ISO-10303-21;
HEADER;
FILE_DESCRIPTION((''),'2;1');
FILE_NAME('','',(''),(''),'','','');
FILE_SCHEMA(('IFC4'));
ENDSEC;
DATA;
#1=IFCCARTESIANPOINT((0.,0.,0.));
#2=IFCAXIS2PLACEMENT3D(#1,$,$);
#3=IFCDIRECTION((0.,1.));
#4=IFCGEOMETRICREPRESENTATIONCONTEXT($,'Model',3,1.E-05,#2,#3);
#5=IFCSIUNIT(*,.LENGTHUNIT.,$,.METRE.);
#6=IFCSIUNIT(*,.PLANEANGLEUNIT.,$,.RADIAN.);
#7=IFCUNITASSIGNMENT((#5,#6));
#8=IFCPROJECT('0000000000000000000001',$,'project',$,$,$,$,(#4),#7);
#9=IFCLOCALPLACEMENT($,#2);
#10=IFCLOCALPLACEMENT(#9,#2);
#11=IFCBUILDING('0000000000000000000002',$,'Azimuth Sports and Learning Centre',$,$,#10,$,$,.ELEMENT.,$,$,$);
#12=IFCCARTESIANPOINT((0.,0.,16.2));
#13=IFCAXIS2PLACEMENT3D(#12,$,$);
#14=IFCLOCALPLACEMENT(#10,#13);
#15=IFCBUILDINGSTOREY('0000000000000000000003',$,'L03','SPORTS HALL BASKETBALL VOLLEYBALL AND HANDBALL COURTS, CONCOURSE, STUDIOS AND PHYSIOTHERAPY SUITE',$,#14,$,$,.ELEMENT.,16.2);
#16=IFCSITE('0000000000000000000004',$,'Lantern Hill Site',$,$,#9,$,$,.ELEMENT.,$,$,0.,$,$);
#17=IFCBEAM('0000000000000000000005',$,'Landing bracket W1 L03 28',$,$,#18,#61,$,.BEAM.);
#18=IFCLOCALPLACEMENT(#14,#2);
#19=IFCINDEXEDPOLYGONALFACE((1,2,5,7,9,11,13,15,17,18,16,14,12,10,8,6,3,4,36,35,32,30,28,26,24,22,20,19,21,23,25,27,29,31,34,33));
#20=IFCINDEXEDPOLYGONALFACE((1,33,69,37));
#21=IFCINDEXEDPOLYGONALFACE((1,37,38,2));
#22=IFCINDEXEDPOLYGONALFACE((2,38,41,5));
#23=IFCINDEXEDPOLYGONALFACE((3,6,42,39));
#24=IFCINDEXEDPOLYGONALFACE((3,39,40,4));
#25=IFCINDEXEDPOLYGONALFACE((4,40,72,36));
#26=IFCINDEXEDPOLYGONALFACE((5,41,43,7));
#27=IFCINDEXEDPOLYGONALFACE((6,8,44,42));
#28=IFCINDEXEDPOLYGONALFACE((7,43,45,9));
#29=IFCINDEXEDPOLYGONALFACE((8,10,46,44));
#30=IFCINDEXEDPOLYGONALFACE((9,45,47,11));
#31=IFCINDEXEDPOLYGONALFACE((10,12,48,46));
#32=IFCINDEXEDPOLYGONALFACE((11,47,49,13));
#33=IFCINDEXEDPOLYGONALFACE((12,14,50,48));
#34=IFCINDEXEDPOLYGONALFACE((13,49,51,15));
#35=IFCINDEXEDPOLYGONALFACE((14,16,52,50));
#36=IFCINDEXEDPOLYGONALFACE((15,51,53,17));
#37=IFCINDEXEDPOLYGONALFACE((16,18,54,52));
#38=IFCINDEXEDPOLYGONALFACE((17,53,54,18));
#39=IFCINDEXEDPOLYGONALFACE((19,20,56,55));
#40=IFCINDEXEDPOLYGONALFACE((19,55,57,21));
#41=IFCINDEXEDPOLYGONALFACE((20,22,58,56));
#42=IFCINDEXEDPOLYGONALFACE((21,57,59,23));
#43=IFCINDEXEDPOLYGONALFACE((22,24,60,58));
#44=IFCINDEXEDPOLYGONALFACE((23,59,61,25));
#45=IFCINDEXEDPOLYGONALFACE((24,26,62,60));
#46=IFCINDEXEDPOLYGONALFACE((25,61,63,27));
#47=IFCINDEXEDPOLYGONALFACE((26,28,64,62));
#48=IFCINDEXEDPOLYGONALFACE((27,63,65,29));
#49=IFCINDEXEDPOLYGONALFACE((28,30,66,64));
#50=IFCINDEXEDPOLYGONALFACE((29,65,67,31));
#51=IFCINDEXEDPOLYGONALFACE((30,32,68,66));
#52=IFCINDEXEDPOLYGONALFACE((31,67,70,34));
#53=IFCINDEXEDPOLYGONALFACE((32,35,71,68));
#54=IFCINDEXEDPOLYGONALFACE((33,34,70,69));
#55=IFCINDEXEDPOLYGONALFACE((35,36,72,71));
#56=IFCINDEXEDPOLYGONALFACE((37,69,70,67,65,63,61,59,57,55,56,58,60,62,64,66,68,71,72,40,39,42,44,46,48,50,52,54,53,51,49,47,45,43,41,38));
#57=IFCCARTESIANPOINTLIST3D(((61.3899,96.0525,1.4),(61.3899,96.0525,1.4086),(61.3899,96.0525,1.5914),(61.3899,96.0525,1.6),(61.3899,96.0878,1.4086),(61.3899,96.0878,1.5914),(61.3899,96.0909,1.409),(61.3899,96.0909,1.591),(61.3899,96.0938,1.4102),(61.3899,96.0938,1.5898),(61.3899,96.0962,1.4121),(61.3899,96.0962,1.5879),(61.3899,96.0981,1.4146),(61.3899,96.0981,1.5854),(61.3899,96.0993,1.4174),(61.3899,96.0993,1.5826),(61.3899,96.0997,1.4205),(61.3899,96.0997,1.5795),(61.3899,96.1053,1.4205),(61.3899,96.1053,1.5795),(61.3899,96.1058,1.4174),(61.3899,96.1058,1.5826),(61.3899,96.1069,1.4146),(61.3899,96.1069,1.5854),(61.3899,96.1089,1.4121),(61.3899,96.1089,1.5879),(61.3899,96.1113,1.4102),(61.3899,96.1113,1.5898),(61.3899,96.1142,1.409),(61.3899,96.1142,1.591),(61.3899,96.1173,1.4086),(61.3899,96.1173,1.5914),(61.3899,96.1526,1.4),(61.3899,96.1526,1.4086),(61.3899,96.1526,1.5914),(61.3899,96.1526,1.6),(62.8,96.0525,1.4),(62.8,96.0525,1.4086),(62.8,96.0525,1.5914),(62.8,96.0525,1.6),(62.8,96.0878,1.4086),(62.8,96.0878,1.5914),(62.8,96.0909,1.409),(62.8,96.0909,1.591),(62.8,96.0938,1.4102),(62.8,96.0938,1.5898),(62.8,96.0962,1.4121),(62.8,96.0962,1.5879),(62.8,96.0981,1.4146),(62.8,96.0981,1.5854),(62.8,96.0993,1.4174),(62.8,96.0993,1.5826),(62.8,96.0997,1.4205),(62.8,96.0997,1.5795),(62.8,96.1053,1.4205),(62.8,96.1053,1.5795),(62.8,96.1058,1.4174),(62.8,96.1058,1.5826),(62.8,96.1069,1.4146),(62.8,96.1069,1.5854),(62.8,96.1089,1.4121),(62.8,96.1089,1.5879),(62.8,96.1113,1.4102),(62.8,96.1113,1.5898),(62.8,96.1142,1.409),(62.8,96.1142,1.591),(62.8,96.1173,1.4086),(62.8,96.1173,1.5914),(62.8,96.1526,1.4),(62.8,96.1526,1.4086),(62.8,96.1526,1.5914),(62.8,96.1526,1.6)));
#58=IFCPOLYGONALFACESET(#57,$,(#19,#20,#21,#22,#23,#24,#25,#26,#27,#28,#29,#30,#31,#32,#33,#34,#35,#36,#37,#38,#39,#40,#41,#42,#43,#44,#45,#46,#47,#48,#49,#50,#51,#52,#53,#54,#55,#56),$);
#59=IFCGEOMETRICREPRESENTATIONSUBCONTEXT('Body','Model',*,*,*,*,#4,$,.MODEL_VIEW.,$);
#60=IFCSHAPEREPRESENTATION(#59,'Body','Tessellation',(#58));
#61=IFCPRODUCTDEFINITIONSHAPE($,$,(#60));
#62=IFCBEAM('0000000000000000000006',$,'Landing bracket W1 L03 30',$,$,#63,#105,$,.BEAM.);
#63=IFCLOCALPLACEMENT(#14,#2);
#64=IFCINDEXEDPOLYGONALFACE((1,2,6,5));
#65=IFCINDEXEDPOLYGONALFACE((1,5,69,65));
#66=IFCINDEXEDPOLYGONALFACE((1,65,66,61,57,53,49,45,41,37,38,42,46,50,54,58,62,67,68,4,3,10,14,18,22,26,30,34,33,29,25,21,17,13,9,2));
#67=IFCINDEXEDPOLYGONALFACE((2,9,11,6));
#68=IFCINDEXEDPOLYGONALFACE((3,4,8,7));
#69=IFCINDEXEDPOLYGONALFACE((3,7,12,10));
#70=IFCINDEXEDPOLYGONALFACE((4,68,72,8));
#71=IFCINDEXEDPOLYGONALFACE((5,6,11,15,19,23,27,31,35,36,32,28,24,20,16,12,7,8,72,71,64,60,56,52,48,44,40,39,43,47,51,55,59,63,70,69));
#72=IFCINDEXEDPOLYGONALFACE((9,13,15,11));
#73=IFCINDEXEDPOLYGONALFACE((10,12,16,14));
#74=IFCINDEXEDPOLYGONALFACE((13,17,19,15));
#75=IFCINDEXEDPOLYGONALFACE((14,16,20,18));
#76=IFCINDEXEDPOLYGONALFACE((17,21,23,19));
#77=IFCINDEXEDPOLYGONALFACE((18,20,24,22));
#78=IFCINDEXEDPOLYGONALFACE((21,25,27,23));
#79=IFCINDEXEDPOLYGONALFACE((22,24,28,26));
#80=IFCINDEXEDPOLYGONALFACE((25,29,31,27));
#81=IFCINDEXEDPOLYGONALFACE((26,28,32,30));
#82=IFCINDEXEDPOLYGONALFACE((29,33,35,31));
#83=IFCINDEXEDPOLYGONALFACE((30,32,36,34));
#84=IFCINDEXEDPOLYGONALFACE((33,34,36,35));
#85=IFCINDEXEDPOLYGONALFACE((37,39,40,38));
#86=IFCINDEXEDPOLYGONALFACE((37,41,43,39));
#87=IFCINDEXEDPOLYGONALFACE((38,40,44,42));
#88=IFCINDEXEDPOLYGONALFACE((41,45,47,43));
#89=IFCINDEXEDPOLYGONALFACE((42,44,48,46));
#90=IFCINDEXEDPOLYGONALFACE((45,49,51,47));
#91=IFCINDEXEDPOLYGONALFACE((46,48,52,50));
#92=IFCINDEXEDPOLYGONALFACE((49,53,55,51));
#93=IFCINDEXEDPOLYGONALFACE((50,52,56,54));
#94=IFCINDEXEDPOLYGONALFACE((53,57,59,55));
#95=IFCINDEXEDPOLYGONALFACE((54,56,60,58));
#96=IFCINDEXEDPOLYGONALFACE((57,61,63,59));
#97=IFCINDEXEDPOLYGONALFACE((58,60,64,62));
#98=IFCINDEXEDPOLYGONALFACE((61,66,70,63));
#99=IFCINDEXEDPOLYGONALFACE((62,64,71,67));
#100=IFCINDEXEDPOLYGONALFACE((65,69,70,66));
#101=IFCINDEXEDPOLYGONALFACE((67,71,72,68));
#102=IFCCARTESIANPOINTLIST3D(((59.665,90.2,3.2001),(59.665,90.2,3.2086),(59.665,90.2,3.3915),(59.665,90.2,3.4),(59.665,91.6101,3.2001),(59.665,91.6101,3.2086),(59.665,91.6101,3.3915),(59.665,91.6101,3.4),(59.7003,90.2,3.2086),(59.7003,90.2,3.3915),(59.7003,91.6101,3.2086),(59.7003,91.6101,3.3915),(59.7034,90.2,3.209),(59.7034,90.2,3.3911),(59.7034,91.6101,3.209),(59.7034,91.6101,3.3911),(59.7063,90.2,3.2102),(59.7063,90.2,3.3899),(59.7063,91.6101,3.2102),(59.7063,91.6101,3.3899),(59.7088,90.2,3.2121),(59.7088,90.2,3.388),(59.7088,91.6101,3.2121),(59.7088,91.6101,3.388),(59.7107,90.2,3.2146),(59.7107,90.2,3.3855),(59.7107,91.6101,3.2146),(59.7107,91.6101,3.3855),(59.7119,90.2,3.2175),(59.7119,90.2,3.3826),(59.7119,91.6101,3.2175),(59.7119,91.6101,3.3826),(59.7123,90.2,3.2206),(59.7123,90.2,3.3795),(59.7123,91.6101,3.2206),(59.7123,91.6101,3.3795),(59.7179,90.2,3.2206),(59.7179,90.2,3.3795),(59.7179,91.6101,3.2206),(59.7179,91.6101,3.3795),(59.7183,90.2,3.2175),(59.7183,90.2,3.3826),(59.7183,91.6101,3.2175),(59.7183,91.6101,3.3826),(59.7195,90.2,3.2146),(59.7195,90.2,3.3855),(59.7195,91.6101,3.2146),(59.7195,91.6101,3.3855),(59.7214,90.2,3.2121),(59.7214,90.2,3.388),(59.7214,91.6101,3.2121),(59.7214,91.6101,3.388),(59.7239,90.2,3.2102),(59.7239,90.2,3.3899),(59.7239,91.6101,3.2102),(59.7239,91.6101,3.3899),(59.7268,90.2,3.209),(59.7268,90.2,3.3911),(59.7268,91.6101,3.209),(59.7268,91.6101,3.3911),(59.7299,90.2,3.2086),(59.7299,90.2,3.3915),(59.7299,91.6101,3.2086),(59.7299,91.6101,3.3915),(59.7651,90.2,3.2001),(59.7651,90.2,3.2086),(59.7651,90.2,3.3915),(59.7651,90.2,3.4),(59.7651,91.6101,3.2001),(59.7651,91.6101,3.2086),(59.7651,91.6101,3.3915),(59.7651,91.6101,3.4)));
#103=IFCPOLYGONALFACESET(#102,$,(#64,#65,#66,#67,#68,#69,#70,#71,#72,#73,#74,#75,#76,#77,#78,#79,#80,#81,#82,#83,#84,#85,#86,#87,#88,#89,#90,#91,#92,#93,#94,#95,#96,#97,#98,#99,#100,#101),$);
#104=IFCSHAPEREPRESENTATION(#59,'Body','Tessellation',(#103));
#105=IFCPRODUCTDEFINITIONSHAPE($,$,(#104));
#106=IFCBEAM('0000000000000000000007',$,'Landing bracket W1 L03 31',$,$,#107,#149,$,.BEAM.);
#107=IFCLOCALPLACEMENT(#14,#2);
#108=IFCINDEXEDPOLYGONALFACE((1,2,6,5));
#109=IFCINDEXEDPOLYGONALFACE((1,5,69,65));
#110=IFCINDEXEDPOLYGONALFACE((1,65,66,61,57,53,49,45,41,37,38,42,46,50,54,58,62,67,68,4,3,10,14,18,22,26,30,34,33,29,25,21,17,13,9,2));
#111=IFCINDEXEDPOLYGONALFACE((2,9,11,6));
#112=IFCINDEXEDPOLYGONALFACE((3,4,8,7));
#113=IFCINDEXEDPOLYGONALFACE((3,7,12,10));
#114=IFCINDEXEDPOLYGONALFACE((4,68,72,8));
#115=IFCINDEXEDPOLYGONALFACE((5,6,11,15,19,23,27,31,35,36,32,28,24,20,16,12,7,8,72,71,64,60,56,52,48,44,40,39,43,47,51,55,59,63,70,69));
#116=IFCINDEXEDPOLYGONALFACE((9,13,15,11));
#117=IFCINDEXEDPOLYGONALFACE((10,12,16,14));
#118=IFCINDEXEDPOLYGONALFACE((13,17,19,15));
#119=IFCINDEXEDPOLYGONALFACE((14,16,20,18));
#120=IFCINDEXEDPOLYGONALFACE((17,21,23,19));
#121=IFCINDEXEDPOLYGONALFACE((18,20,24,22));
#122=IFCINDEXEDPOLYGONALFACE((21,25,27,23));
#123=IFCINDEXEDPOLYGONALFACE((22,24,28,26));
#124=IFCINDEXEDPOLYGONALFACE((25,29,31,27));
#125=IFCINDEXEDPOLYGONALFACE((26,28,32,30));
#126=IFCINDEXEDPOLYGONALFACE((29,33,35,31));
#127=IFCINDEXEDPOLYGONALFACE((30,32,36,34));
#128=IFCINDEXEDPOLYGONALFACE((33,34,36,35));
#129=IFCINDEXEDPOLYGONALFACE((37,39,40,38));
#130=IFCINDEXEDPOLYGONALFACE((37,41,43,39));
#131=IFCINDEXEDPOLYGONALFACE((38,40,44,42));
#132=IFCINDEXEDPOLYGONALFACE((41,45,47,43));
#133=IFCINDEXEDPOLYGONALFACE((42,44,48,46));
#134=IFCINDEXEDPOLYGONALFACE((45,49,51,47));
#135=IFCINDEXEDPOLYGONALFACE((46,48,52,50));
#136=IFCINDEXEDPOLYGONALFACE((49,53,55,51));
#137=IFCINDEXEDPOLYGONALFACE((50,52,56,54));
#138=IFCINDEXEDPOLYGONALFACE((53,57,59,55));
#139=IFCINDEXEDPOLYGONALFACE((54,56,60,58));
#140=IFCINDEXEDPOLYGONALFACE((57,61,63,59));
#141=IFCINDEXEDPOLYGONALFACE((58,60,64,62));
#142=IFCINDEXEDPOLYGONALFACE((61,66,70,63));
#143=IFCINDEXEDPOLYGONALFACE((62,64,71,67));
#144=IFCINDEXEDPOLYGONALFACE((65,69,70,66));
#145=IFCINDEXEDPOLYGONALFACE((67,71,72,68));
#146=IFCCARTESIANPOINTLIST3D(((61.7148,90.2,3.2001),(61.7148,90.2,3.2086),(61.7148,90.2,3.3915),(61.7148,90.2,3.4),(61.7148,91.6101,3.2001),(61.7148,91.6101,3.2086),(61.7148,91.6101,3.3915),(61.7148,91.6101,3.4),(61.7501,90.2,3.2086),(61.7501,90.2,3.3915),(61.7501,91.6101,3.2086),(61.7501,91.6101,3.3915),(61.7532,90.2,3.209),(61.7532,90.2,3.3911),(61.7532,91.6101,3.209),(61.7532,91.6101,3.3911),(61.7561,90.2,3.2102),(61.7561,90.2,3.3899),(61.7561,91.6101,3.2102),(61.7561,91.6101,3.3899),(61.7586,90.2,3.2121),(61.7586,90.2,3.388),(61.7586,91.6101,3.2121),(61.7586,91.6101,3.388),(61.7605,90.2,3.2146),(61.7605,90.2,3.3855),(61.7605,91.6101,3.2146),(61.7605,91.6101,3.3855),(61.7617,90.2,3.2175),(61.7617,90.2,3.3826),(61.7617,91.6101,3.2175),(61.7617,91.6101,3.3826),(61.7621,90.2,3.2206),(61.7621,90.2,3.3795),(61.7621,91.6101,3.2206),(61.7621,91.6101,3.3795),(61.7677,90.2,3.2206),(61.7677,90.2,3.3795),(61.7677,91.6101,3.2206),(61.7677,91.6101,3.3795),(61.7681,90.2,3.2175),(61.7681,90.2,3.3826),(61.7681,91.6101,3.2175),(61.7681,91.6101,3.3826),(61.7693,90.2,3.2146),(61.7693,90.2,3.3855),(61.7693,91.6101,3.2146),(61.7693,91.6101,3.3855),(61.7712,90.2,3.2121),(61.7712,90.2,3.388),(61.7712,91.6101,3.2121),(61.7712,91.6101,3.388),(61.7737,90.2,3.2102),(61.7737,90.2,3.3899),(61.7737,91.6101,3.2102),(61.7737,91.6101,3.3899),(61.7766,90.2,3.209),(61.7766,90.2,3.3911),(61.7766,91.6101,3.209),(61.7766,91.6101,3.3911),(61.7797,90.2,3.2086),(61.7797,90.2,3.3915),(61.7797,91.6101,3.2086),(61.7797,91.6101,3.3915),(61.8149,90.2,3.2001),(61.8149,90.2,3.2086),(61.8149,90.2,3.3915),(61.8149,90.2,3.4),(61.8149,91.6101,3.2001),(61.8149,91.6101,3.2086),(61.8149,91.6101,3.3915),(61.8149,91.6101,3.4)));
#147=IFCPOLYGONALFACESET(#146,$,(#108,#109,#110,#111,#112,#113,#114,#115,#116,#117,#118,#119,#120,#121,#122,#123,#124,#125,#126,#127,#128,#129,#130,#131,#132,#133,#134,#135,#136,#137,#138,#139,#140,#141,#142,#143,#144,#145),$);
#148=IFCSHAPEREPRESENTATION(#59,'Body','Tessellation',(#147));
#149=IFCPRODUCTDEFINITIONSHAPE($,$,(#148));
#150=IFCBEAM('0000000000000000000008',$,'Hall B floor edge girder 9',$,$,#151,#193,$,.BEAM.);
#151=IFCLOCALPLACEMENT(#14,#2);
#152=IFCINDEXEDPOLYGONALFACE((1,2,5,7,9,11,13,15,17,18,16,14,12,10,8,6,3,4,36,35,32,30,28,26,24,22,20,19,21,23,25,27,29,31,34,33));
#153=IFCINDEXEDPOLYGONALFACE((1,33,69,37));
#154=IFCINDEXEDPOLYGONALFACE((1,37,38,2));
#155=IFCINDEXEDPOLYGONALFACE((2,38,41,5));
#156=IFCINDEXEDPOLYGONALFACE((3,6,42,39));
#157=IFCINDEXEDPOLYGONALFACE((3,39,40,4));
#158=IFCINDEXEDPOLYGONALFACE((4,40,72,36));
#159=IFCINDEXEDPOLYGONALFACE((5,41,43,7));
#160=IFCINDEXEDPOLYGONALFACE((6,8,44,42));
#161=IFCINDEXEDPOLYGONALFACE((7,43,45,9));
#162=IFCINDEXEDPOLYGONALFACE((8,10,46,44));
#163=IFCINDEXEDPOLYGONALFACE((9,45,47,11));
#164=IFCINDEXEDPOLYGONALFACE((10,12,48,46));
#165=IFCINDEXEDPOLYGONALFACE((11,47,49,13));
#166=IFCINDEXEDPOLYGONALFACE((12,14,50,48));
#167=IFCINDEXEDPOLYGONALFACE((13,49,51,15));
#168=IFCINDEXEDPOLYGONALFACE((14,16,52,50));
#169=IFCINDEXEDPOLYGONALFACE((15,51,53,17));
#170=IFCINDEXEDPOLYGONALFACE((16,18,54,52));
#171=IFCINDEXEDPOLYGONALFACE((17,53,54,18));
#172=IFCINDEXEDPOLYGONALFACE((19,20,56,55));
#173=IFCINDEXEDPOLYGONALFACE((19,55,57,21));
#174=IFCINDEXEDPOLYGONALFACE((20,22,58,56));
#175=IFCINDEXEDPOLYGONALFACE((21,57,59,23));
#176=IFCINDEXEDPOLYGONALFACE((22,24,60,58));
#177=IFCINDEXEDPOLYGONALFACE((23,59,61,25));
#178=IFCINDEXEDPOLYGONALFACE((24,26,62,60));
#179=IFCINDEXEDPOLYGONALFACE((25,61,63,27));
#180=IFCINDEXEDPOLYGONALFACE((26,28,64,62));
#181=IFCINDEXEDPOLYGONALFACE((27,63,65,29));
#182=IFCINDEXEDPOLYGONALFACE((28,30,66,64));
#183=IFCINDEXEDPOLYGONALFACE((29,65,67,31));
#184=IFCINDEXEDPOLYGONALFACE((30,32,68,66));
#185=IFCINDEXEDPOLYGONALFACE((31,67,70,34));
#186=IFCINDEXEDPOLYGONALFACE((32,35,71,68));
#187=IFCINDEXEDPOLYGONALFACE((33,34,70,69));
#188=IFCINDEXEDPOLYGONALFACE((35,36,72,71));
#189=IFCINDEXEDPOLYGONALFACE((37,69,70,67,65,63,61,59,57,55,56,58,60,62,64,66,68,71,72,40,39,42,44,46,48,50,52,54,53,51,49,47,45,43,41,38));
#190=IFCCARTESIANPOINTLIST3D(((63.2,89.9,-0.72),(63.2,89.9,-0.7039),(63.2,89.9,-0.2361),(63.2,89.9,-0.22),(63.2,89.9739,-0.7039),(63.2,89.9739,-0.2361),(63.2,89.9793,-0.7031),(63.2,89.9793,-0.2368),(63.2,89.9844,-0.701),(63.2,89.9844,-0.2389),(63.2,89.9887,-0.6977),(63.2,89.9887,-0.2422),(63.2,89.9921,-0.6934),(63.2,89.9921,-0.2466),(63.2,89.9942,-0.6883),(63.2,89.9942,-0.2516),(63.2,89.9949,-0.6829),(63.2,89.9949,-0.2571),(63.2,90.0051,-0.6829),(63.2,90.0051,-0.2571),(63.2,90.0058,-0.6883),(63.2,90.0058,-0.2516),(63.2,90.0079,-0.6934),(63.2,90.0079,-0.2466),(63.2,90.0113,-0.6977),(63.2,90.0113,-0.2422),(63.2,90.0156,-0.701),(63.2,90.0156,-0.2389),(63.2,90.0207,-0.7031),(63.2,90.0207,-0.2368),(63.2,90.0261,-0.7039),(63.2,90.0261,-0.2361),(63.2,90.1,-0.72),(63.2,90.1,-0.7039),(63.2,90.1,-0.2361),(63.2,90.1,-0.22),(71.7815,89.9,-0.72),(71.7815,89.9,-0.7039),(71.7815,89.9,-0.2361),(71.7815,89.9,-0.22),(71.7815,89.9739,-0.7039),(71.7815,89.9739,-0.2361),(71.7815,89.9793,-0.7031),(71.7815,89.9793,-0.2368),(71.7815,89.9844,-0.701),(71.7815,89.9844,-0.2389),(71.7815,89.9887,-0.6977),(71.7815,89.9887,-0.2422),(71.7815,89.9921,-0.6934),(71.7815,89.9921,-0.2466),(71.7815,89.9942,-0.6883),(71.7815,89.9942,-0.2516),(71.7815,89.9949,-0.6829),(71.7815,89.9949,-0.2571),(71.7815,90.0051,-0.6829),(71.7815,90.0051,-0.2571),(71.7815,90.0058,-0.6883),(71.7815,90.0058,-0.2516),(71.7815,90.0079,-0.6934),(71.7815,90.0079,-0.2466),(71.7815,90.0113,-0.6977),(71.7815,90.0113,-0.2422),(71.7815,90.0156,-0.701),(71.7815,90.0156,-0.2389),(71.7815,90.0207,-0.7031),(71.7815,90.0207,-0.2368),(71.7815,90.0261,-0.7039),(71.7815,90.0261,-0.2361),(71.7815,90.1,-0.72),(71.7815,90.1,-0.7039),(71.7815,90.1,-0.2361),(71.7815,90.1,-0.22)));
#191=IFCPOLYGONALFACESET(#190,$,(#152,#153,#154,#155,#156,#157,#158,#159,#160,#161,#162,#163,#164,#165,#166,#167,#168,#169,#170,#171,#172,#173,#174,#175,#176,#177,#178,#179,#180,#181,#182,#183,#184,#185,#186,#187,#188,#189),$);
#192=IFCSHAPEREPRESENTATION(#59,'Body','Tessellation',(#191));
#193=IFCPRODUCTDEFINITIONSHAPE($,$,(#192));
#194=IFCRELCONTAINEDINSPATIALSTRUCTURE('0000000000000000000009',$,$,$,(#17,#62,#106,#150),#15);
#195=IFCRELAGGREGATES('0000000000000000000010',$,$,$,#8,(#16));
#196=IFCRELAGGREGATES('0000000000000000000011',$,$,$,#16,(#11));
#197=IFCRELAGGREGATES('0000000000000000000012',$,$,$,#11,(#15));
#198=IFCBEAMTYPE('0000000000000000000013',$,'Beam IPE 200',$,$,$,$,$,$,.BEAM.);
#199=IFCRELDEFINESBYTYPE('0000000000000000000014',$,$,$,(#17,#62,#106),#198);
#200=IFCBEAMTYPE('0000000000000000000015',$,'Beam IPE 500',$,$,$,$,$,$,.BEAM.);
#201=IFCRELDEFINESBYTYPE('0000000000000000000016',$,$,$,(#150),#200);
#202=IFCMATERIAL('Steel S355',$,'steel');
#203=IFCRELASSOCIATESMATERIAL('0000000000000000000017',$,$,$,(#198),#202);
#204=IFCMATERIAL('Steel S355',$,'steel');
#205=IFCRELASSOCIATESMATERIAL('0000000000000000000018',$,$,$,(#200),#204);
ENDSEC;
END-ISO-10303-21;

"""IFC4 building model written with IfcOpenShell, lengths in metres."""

from ifc_helpers import new_model, si_unit, direction, frame, origin, origin_2d, place, context, subcontext, project, spatial, i_section, extrude, material, material_profile, profile_set, type_object, element, save


model = new_model("IFC4")

# Units and contexts
model_context = context("Model", 3, precision=1e-05, world=origin(), true_north=direction((0.0, 1.0)))
body_context = subcontext(model_context, "Body", "Model", "MODEL_VIEW")
ifc_project = project(units=[si_unit("LENGTHUNIT", "METRE"), si_unit("PLANEANGLEUNIT", "RADIAN")], contexts=[model_context])

# Site, building, storey
site_placement = place(None, origin())
site = spatial("IfcSite", under=ifc_project, at=site_placement, Name="Lantern Hill Site", CompositionType="ELEMENT", RefElevation=0.0)
building_placement = place(site_placement, origin())
building = spatial("IfcBuilding", under=site, at=building_placement, Name="Azimuth Sports and Learning Centre", CompositionType="ELEMENT")
storey_placement = place(building_placement, frame((0.0, 0.0, 16.2)))
storey = spatial("IfcBuildingStorey", under=building, at=storey_placement, Name="L03", Description="SPORTS HALL BASKETBALL VOLLEYBALL AND HANDBALL COURTS, CONCOURSE, STUDIOS AND PHYSIOTHERAPY SUITE", CompositionType="ELEMENT", Elevation=16.2)

# Beams
ifc_material_1 = material(Name="Steel S355", Category="steel")
ifc_material_profile_1 = material_profile(ifc_material_1, i_section(OverallWidth=0.1001, OverallDepth=0.2, WebThickness=0.0056, FlangeThickness=0.0085, FilletRadius=0.012, at=origin_2d()), Name="IPE 200")
ifc_profile_set_1 = profile_set([ifc_material_profile_1], Name="Steel S355")
beam_type_1 = type_object("IfcBeamType", Name="Beam IPE 200", PredefinedType="BEAM", material=ifc_profile_set_1)
for number, where, z_axis, x_axis, name in (
    (1, (62.8, 96.1025, 1.5), (-1.0, 0.0, 0.0), (0.0, -1.0, 0.0), "Landing bracket W1 L03 28"),
    (2, (59.7151, 90.2, 3.3), (0.0, 1.0, 0.0), (-1.0, 0.0, 0.0), "Landing bracket W1 L03 30"),
    (3, (61.7649, 90.2, 3.3), (0.0, 1.0, 0.0), (-1.0, 0.0, 0.0), "Landing bracket W1 L03 31"),
):
    element("IfcBeam", number, at=place(storey_placement, frame(where, z_axis=z_axis, x_axis=x_axis)), inside=storey, type_object=beam_type_1, Name=name, PredefinedType="BEAM", context=body_context, shape_type="SweptSolid", body=[
        extrude(i_section(OverallWidth=0.1001, OverallDepth=0.2, WebThickness=0.0056, FlangeThickness=0.0085, FilletRadius=0.012, at=origin_2d()), origin(), (0.0, 0.0, 1.0), 1.4102),
    ])
ifc_material_2 = material(Name="Steel S355", Category="steel")
ifc_material_profile_2 = material_profile(ifc_material_2, i_section(OverallWidth=0.2, OverallDepth=0.5, WebThickness=0.0103, FlangeThickness=0.0161, FilletRadius=0.021, at=origin_2d()), Name="IPE 500")
ifc_profile_set_2 = profile_set([ifc_material_profile_2], Name="Steel S355")
beam_type_2 = type_object("IfcBeamType", Name="Beam IPE 500", PredefinedType="BEAM", material=ifc_profile_set_2)
beam_1_placement = place(storey_placement, frame((63.2, 90.0, -0.47), z_axis=(1.0, 0.0, 0.0), x_axis=(0.0, 1.0, 0.0)))
element("IfcBeam", 4, at=beam_1_placement, inside=storey, type_object=beam_type_2, Name="Hall B floor edge girder 9", PredefinedType="BEAM", context=body_context, shape_type="SweptSolid", body=[
    extrude(i_section(OverallWidth=0.2, OverallDepth=0.5, WebThickness=0.0103, FlangeThickness=0.0161, FilletRadius=0.021, at=origin_2d()), origin(), (0.0, 0.0, 1.0), 8.5815),
])

save(model, "model.ifc")
